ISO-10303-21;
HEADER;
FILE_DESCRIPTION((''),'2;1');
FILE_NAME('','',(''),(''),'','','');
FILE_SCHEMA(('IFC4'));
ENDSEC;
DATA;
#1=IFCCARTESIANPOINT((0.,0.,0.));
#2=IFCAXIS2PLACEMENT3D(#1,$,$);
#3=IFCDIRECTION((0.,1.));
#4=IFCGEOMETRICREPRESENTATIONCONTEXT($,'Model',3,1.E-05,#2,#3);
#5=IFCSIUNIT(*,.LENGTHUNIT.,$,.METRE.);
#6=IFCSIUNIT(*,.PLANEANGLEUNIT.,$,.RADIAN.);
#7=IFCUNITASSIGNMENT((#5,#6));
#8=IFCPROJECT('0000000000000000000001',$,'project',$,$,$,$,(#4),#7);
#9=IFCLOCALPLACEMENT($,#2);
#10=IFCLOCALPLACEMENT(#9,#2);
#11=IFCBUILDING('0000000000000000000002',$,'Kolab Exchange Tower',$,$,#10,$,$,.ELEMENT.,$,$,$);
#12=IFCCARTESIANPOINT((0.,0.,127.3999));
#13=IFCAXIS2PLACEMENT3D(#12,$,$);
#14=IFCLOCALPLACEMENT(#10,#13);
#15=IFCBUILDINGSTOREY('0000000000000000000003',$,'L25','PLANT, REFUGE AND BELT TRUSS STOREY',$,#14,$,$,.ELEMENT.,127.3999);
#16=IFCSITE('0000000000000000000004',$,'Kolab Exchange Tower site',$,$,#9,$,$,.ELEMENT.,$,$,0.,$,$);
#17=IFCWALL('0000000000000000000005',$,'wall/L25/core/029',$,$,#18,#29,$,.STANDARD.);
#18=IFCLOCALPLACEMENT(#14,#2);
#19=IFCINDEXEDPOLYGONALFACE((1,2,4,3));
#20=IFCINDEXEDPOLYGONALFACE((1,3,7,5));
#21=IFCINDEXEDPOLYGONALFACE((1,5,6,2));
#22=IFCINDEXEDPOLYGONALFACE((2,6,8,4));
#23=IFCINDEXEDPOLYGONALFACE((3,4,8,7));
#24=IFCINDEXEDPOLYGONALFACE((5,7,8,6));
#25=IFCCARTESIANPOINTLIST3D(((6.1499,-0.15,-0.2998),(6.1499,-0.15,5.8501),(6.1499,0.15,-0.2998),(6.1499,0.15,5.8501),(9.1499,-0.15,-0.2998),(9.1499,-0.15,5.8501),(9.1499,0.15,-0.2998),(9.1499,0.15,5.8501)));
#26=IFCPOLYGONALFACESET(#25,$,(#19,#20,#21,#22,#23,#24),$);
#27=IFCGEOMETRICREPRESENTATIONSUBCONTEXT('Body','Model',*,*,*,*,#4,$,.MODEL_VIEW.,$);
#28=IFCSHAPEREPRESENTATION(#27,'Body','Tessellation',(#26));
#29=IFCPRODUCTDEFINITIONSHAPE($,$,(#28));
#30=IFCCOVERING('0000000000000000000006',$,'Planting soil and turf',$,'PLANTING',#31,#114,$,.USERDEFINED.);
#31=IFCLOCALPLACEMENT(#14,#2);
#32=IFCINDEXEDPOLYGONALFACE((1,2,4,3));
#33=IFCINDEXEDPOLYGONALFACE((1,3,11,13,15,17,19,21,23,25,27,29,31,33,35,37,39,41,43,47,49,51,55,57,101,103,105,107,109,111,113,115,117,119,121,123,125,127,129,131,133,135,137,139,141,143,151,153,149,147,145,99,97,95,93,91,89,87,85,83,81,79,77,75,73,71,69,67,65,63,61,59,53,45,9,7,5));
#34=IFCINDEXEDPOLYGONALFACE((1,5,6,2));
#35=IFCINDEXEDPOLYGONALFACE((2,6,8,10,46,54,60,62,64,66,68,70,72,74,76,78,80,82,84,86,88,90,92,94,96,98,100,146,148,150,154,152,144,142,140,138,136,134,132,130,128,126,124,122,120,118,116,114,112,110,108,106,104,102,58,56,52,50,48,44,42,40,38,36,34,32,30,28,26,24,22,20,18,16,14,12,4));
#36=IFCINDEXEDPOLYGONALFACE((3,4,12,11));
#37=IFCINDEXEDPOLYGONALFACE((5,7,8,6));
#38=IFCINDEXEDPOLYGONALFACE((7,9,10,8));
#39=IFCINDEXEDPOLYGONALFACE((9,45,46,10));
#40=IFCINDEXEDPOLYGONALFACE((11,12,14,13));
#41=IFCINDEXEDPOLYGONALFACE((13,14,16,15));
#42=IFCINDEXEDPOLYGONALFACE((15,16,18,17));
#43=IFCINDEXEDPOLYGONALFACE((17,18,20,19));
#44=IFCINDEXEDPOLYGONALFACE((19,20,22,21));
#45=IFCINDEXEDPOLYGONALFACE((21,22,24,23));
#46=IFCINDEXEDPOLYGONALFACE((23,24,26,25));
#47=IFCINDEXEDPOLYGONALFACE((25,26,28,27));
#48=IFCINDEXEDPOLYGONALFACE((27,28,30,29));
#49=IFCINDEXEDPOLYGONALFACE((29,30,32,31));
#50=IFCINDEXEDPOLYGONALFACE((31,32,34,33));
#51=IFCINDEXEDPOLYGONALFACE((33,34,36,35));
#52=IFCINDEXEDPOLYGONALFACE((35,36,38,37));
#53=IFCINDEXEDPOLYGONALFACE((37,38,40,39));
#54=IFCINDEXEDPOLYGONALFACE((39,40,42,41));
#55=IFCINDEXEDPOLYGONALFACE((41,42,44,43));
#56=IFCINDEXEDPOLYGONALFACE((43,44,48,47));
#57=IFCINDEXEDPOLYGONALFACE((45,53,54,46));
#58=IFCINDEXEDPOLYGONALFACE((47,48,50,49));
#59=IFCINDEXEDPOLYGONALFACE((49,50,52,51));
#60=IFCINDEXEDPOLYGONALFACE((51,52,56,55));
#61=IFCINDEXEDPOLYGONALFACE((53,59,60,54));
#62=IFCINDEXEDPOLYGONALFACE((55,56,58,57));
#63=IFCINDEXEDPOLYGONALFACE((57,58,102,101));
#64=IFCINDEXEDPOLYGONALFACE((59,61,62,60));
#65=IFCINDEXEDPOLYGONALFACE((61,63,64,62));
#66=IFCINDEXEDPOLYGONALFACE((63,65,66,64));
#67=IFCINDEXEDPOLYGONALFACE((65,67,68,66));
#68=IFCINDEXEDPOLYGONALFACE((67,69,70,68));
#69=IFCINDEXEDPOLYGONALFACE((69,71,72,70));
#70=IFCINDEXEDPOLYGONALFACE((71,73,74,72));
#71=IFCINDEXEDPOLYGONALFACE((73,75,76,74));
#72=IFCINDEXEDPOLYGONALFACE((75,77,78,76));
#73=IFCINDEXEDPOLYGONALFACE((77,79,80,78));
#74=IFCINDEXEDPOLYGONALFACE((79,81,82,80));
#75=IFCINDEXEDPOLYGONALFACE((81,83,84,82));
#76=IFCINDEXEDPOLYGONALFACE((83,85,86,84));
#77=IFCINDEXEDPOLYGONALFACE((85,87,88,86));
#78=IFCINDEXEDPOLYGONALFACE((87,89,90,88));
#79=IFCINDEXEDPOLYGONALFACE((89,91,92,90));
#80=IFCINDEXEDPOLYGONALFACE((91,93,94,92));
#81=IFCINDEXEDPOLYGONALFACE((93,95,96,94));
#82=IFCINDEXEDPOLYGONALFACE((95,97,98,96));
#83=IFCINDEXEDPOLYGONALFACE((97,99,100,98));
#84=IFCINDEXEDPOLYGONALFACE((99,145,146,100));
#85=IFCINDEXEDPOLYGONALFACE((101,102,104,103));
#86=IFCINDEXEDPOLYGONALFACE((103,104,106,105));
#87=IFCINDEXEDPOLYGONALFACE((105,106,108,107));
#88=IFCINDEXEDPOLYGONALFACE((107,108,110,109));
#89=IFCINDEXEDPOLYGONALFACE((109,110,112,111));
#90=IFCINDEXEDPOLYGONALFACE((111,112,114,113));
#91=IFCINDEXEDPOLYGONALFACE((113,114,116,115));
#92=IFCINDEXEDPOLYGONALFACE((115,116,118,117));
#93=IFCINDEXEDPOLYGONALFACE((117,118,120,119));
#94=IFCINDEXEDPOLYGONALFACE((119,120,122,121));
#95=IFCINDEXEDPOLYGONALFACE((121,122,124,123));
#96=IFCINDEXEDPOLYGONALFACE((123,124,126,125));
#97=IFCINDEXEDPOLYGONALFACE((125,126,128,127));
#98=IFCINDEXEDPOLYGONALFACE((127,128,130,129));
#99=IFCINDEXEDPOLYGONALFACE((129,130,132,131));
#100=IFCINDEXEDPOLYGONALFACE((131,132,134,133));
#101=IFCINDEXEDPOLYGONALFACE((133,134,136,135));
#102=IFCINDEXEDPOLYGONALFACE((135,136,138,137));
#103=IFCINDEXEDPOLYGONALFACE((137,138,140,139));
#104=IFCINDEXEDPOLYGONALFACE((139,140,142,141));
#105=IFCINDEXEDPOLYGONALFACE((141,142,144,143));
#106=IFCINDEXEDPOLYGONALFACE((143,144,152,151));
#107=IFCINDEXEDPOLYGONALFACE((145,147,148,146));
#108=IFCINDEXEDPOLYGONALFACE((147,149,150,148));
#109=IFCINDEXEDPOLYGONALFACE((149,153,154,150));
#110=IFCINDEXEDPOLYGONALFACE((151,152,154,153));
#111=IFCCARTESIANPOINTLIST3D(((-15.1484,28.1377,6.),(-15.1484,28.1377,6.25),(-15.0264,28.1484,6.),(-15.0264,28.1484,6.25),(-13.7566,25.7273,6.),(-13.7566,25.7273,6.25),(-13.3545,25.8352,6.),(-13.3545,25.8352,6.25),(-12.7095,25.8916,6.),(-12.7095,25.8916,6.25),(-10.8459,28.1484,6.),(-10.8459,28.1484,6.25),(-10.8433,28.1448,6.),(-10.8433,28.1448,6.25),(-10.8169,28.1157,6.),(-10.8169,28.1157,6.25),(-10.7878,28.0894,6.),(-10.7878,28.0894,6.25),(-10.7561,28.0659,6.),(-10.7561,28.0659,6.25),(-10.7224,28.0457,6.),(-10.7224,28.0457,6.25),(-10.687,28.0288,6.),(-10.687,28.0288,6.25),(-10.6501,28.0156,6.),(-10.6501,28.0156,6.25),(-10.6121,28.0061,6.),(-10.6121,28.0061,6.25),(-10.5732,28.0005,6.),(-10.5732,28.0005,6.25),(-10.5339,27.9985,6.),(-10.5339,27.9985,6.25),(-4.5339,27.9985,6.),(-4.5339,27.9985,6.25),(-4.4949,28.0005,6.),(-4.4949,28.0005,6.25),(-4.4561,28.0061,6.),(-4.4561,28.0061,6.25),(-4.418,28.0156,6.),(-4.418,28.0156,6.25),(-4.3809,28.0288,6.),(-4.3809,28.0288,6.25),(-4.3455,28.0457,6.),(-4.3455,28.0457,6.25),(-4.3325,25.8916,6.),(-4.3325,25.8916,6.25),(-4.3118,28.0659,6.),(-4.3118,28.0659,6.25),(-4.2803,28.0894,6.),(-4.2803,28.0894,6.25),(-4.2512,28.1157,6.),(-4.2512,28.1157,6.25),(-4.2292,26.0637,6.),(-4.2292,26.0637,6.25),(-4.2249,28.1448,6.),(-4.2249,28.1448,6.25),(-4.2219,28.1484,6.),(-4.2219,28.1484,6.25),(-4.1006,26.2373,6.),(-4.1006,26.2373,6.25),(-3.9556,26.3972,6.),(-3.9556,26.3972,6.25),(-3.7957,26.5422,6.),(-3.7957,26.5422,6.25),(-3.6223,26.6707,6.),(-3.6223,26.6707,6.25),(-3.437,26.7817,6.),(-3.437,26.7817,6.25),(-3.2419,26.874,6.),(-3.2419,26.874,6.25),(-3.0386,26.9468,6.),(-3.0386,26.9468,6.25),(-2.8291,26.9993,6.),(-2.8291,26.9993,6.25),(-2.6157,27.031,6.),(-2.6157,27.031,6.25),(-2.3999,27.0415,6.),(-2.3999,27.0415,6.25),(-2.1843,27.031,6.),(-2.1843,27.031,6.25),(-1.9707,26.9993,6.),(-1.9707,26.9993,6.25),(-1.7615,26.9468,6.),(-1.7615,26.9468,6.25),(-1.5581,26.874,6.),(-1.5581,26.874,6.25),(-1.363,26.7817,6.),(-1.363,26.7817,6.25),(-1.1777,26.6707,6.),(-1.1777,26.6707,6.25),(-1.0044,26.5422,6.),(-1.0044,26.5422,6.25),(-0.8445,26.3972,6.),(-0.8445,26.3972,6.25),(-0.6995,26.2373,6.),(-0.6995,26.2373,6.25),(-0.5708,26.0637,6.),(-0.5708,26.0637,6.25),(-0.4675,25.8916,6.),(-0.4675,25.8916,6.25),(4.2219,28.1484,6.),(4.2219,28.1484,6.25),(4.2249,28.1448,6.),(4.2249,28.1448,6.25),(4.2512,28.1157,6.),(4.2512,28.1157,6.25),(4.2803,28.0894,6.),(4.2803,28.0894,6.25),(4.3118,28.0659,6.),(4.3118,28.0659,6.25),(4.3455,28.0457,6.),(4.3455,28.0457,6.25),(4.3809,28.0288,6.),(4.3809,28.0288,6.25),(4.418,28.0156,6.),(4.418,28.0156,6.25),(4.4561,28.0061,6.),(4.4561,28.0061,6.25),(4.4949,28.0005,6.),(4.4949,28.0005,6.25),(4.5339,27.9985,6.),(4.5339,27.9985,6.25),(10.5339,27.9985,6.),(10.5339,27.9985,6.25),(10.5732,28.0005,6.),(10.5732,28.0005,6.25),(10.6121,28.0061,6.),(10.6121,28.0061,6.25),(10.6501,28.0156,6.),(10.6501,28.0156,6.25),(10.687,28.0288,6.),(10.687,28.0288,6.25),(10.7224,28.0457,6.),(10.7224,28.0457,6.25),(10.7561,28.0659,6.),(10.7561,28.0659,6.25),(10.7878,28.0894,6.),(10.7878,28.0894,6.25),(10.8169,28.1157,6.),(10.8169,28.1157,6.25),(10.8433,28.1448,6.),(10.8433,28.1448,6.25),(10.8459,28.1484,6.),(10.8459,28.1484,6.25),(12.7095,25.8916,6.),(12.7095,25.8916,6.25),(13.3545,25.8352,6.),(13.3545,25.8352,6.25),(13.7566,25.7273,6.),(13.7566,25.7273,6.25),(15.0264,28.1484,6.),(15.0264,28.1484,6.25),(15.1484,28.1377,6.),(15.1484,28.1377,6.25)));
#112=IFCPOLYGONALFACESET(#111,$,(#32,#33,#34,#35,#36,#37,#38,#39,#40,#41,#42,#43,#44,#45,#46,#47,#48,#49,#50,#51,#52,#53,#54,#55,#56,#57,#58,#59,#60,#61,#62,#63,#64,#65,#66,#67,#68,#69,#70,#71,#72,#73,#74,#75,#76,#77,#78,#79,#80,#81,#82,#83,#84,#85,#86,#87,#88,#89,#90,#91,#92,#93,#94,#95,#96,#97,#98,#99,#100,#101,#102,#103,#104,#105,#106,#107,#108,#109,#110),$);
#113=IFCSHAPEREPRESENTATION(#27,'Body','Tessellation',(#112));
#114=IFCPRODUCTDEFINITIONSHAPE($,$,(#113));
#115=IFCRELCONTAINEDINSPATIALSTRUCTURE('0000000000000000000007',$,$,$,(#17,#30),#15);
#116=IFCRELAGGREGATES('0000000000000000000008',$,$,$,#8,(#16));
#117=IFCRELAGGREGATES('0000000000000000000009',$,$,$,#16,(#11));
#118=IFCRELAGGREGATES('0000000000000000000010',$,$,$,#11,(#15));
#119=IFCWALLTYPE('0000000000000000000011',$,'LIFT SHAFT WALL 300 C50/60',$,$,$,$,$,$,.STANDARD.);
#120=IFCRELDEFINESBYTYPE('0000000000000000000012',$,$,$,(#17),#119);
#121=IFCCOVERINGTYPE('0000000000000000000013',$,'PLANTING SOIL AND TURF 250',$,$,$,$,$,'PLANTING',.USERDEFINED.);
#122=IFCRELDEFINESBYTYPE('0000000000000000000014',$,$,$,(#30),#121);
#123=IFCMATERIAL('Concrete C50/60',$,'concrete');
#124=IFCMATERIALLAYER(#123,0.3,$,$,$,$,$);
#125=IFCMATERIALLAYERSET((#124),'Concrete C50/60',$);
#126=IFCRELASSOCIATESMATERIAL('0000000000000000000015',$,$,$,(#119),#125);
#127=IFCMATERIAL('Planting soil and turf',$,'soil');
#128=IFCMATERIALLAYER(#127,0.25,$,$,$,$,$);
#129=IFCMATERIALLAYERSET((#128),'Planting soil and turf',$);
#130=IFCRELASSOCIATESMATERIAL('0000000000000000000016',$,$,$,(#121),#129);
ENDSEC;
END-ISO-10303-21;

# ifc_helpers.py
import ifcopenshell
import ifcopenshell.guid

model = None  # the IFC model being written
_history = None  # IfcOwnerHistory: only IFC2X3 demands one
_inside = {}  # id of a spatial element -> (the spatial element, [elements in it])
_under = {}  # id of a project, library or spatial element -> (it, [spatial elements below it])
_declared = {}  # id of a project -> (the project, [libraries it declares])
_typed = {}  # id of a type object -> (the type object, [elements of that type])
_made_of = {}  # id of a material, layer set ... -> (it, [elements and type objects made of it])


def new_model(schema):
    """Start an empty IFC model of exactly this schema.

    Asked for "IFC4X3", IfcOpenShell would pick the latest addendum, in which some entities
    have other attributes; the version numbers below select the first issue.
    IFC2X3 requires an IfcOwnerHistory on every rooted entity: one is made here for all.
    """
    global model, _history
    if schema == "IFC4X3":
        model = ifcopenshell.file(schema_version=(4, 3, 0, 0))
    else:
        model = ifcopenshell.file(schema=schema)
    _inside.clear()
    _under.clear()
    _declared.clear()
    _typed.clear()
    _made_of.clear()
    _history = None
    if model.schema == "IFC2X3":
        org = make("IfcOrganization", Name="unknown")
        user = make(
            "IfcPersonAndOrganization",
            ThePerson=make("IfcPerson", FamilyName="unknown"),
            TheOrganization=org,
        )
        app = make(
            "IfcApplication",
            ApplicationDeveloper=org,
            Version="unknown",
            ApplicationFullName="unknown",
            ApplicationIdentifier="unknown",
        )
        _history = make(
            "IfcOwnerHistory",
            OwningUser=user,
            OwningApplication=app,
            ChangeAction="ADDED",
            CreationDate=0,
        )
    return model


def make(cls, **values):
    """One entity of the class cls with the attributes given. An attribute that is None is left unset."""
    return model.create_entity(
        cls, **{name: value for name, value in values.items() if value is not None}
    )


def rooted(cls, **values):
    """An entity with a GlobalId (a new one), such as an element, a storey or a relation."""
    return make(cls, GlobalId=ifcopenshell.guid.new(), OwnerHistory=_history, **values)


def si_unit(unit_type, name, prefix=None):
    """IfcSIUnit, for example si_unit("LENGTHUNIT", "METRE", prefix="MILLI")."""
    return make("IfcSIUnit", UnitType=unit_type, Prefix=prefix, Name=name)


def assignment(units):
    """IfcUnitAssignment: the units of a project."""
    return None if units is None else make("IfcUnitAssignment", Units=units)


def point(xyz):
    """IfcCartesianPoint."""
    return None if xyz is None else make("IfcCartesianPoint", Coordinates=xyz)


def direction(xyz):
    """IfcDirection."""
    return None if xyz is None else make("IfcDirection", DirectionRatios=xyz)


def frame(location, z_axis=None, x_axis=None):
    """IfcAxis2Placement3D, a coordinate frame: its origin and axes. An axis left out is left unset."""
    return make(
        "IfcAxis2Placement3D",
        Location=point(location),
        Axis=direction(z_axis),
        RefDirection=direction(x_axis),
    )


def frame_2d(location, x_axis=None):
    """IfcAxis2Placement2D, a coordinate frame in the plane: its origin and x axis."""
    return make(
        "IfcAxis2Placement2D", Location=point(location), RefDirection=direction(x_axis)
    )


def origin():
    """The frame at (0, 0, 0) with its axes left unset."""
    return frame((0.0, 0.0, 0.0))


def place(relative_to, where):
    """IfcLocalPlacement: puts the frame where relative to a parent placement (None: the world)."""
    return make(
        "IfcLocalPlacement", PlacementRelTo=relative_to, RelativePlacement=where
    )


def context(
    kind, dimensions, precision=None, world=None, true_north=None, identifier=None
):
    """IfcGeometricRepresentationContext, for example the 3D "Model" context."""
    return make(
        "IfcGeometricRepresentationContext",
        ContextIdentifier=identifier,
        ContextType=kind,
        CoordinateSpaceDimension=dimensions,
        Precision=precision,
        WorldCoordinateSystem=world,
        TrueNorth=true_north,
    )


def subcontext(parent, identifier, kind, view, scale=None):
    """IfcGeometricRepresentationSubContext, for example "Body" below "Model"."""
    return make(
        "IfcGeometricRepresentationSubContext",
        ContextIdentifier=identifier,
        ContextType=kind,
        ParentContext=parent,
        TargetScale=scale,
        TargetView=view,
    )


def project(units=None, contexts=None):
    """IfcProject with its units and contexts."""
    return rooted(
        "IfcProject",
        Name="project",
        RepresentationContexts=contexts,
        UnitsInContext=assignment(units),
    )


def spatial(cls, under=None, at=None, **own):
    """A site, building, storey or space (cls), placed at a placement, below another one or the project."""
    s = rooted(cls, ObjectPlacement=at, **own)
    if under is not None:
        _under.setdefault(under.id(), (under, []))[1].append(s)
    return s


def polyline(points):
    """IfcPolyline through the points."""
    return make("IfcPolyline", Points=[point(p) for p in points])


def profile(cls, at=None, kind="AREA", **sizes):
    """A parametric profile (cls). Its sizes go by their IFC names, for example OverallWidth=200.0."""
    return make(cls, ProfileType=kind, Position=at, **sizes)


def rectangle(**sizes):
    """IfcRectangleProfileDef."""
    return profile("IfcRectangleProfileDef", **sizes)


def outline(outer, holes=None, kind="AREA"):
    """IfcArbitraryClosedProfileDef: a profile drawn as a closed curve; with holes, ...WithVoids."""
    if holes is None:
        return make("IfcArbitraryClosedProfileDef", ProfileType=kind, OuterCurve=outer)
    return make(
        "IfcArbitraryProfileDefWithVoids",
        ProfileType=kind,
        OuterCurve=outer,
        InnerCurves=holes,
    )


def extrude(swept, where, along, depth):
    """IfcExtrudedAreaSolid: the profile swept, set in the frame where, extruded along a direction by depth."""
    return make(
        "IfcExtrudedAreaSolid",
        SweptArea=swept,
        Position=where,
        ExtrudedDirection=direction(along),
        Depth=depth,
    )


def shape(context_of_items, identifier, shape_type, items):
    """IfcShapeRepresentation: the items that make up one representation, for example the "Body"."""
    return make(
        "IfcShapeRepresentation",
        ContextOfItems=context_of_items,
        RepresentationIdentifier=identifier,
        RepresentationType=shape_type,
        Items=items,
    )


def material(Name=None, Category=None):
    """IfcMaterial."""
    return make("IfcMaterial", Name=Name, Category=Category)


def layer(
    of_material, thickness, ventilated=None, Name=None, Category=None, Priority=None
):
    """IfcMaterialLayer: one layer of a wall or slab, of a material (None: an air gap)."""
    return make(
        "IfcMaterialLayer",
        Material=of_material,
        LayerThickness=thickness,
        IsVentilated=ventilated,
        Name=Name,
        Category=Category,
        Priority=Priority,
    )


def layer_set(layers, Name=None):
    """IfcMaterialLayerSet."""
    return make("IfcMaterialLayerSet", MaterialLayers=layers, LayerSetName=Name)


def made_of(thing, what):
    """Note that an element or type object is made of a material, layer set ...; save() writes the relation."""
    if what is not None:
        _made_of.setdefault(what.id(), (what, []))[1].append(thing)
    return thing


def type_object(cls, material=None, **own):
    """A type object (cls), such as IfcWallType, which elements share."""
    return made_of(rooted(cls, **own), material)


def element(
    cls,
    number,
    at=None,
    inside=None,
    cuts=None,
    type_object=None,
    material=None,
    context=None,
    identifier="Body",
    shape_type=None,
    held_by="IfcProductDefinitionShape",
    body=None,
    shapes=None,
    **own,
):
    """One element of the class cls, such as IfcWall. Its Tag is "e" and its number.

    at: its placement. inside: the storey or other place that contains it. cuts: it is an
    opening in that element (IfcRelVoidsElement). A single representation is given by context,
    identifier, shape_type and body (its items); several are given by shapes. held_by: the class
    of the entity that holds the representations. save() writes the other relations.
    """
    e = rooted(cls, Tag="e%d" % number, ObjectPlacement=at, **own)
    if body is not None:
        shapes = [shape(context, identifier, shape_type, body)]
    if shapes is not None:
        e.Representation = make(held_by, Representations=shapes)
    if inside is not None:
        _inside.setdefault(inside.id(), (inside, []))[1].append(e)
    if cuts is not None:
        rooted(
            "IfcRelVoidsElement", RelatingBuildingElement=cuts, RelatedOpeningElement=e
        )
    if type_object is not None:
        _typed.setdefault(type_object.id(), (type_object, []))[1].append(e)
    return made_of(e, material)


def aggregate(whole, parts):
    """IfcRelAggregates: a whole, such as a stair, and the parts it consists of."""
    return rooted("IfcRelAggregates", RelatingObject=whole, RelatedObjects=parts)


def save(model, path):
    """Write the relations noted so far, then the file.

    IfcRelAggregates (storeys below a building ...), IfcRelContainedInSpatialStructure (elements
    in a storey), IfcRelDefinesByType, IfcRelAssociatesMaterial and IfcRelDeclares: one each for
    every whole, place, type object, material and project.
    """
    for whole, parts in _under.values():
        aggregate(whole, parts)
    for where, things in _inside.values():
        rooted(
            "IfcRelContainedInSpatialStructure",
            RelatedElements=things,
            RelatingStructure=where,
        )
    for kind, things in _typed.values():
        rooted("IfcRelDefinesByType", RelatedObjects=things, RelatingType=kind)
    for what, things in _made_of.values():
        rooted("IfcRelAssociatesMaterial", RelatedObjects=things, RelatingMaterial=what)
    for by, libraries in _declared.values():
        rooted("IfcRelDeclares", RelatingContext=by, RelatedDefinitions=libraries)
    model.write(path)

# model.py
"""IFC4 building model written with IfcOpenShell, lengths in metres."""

from ifc_helpers import new_model, si_unit, direction, frame, frame_2d, origin, place, context, subcontext, project, spatial, polyline, rectangle, outline, extrude, material, layer, layer_set, type_object, element, save


model = new_model("IFC4")

# Units and contexts
model_context = context("Model", 3, precision=1e-05, world=origin(), true_north=direction((0.0, 1.0)))
body_context = subcontext(model_context, "Body", "Model", "MODEL_VIEW")
ifc_project = project(units=[si_unit("LENGTHUNIT", "METRE"), si_unit("PLANEANGLEUNIT", "RADIAN")], contexts=[model_context])

# Site, building, storey
site_placement = place(None, origin())
site = spatial("IfcSite", under=ifc_project, at=site_placement, Name="Kolab Exchange Tower site", CompositionType="ELEMENT", RefElevation=0.0)
building_placement = place(site_placement, origin())
building = spatial("IfcBuilding", under=site, at=building_placement, Name="Kolab Exchange Tower", CompositionType="ELEMENT")
storey_placement = place(building_placement, frame((0.0, 0.0, 127.3999)))
storey = spatial("IfcBuildingStorey", under=building, at=storey_placement, Name="L25", Description="PLANT, REFUGE AND BELT TRUSS STOREY", CompositionType="ELEMENT", Elevation=127.3999)

# Shared definitions
ifc_material_1 = material(Name="Concrete C50/60", Category="concrete")

# Wall
ifc_layer_1 = layer(ifc_material_1, 0.3)
ifc_layer_set_1 = layer_set([ifc_layer_1], Name="Concrete C50/60")
wall_type = type_object("IfcWallType", Name="LIFT SHAFT WALL 300 C50/60", PredefinedType="STANDARD", material=ifc_layer_set_1)
wall_1_placement = place(storey_placement, frame((6.1499, 0.0, -0.2998), z_axis=(0.0, 0.0, 1.0), x_axis=(1.0, 0.0, 0.0)))
element("IfcWall", 1, at=wall_1_placement, inside=storey, type_object=wall_type, Name="wall/L25/core/029", PredefinedType="STANDARD", context=body_context, shape_type="SweptSolid", body=[
    extrude(rectangle(XDim=3.0, YDim=0.3, at=frame_2d((1.5, 0.0))), origin(), (0.0, 0.0, 1.0), 6.1499),
])

# Covering
ifc_material_2 = material(Name="Planting soil and turf", Category="soil")
ifc_layer_2 = layer(ifc_material_2, 0.25)
ifc_layer_set_2 = layer_set([ifc_layer_2], Name="Planting soil and turf")
covering_type_1 = type_object("IfcCoveringType", Name="PLANTING SOIL AND TURF 250", ElementType="PLANTING", PredefinedType="USERDEFINED", material=ifc_layer_set_2)
covering_1_placement = place(storey_placement, frame((0.0, 0.0, 6.0)))
element("IfcCovering", 2, at=covering_1_placement, inside=storey, type_object=covering_type_1, Name="Planting soil and turf", ObjectType="PLANTING", PredefinedType="USERDEFINED", context=body_context, shape_type="SweptSolid", body=[
    extrude(outline(polyline([(-15.0264, 28.1484), (-10.8459, 28.1484), (-10.8433, 28.1448), (-10.8169, 28.1157), (-10.7878, 28.0894), (-10.7561, 28.0659), (-10.7224, 28.0457), (-10.687, 28.0288), (-10.6501, 28.0156), (-10.6121, 28.0061), (-10.5732, 28.0005), (-10.5339, 27.9985), (-4.5339, 27.9985), (-4.4949, 28.0005), (-4.4561, 28.0061), (-4.418, 28.0156), (-4.3809, 28.0288), (-4.3455, 28.0457), (-4.3118, 28.0659), (-4.2803, 28.0894), (-4.2512, 28.1157), (-4.2249, 28.1448), (-4.2219, 28.1484), (4.2219, 28.1484), (4.2249, 28.1448), (4.2512, 28.1157), (4.2803, 28.0894), (4.3118, 28.0659), (4.3455, 28.0457), (4.3809, 28.0288), (4.418, 28.0156), (4.4561, 28.0061), (4.4949, 28.0005), (4.5339, 27.9985), (10.5339, 27.9985), (10.5732, 28.0005), (10.6121, 28.0061), (10.6501, 28.0156), (10.687, 28.0288), (10.7224, 28.0457), (10.7561, 28.0659), (10.7878, 28.0894), (10.8169, 28.1157), (10.8433, 28.1448), (10.8459, 28.1484), (15.0264, 28.1484), (15.1484, 28.1377), (13.7566, 25.7273), (13.3545, 25.8352), (12.7095, 25.8916), (-0.4675, 25.8916), (-0.5708, 26.0637), (-0.6995, 26.2373), (-0.8445, 26.3972), (-1.0044, 26.5422), (-1.1777, 26.6707), (-1.363, 26.7817), (-1.5581, 26.874), (-1.7615, 26.9468), (-1.9707, 26.9993), (-2.1843, 27.031), (-2.3999, 27.0415), (-2.6157, 27.031), (-2.8291, 26.9993), (-3.0386, 26.9468), (-3.2419, 26.874), (-3.437, 26.7817), (-3.6223, 26.6707), (-3.7957, 26.5422), (-3.9556, 26.3972), (-4.1006, 26.2373), (-4.2292, 26.0637), (-4.3325, 25.8916), (-12.7095, 25.8916), (-13.3545, 25.8352), (-13.7566, 25.7273), (-15.1484, 28.1377), (-15.0264, 28.1484)])), origin(), (0.0, 0.0, 1.0), 0.25),
])

save(model, "model.ifc")
